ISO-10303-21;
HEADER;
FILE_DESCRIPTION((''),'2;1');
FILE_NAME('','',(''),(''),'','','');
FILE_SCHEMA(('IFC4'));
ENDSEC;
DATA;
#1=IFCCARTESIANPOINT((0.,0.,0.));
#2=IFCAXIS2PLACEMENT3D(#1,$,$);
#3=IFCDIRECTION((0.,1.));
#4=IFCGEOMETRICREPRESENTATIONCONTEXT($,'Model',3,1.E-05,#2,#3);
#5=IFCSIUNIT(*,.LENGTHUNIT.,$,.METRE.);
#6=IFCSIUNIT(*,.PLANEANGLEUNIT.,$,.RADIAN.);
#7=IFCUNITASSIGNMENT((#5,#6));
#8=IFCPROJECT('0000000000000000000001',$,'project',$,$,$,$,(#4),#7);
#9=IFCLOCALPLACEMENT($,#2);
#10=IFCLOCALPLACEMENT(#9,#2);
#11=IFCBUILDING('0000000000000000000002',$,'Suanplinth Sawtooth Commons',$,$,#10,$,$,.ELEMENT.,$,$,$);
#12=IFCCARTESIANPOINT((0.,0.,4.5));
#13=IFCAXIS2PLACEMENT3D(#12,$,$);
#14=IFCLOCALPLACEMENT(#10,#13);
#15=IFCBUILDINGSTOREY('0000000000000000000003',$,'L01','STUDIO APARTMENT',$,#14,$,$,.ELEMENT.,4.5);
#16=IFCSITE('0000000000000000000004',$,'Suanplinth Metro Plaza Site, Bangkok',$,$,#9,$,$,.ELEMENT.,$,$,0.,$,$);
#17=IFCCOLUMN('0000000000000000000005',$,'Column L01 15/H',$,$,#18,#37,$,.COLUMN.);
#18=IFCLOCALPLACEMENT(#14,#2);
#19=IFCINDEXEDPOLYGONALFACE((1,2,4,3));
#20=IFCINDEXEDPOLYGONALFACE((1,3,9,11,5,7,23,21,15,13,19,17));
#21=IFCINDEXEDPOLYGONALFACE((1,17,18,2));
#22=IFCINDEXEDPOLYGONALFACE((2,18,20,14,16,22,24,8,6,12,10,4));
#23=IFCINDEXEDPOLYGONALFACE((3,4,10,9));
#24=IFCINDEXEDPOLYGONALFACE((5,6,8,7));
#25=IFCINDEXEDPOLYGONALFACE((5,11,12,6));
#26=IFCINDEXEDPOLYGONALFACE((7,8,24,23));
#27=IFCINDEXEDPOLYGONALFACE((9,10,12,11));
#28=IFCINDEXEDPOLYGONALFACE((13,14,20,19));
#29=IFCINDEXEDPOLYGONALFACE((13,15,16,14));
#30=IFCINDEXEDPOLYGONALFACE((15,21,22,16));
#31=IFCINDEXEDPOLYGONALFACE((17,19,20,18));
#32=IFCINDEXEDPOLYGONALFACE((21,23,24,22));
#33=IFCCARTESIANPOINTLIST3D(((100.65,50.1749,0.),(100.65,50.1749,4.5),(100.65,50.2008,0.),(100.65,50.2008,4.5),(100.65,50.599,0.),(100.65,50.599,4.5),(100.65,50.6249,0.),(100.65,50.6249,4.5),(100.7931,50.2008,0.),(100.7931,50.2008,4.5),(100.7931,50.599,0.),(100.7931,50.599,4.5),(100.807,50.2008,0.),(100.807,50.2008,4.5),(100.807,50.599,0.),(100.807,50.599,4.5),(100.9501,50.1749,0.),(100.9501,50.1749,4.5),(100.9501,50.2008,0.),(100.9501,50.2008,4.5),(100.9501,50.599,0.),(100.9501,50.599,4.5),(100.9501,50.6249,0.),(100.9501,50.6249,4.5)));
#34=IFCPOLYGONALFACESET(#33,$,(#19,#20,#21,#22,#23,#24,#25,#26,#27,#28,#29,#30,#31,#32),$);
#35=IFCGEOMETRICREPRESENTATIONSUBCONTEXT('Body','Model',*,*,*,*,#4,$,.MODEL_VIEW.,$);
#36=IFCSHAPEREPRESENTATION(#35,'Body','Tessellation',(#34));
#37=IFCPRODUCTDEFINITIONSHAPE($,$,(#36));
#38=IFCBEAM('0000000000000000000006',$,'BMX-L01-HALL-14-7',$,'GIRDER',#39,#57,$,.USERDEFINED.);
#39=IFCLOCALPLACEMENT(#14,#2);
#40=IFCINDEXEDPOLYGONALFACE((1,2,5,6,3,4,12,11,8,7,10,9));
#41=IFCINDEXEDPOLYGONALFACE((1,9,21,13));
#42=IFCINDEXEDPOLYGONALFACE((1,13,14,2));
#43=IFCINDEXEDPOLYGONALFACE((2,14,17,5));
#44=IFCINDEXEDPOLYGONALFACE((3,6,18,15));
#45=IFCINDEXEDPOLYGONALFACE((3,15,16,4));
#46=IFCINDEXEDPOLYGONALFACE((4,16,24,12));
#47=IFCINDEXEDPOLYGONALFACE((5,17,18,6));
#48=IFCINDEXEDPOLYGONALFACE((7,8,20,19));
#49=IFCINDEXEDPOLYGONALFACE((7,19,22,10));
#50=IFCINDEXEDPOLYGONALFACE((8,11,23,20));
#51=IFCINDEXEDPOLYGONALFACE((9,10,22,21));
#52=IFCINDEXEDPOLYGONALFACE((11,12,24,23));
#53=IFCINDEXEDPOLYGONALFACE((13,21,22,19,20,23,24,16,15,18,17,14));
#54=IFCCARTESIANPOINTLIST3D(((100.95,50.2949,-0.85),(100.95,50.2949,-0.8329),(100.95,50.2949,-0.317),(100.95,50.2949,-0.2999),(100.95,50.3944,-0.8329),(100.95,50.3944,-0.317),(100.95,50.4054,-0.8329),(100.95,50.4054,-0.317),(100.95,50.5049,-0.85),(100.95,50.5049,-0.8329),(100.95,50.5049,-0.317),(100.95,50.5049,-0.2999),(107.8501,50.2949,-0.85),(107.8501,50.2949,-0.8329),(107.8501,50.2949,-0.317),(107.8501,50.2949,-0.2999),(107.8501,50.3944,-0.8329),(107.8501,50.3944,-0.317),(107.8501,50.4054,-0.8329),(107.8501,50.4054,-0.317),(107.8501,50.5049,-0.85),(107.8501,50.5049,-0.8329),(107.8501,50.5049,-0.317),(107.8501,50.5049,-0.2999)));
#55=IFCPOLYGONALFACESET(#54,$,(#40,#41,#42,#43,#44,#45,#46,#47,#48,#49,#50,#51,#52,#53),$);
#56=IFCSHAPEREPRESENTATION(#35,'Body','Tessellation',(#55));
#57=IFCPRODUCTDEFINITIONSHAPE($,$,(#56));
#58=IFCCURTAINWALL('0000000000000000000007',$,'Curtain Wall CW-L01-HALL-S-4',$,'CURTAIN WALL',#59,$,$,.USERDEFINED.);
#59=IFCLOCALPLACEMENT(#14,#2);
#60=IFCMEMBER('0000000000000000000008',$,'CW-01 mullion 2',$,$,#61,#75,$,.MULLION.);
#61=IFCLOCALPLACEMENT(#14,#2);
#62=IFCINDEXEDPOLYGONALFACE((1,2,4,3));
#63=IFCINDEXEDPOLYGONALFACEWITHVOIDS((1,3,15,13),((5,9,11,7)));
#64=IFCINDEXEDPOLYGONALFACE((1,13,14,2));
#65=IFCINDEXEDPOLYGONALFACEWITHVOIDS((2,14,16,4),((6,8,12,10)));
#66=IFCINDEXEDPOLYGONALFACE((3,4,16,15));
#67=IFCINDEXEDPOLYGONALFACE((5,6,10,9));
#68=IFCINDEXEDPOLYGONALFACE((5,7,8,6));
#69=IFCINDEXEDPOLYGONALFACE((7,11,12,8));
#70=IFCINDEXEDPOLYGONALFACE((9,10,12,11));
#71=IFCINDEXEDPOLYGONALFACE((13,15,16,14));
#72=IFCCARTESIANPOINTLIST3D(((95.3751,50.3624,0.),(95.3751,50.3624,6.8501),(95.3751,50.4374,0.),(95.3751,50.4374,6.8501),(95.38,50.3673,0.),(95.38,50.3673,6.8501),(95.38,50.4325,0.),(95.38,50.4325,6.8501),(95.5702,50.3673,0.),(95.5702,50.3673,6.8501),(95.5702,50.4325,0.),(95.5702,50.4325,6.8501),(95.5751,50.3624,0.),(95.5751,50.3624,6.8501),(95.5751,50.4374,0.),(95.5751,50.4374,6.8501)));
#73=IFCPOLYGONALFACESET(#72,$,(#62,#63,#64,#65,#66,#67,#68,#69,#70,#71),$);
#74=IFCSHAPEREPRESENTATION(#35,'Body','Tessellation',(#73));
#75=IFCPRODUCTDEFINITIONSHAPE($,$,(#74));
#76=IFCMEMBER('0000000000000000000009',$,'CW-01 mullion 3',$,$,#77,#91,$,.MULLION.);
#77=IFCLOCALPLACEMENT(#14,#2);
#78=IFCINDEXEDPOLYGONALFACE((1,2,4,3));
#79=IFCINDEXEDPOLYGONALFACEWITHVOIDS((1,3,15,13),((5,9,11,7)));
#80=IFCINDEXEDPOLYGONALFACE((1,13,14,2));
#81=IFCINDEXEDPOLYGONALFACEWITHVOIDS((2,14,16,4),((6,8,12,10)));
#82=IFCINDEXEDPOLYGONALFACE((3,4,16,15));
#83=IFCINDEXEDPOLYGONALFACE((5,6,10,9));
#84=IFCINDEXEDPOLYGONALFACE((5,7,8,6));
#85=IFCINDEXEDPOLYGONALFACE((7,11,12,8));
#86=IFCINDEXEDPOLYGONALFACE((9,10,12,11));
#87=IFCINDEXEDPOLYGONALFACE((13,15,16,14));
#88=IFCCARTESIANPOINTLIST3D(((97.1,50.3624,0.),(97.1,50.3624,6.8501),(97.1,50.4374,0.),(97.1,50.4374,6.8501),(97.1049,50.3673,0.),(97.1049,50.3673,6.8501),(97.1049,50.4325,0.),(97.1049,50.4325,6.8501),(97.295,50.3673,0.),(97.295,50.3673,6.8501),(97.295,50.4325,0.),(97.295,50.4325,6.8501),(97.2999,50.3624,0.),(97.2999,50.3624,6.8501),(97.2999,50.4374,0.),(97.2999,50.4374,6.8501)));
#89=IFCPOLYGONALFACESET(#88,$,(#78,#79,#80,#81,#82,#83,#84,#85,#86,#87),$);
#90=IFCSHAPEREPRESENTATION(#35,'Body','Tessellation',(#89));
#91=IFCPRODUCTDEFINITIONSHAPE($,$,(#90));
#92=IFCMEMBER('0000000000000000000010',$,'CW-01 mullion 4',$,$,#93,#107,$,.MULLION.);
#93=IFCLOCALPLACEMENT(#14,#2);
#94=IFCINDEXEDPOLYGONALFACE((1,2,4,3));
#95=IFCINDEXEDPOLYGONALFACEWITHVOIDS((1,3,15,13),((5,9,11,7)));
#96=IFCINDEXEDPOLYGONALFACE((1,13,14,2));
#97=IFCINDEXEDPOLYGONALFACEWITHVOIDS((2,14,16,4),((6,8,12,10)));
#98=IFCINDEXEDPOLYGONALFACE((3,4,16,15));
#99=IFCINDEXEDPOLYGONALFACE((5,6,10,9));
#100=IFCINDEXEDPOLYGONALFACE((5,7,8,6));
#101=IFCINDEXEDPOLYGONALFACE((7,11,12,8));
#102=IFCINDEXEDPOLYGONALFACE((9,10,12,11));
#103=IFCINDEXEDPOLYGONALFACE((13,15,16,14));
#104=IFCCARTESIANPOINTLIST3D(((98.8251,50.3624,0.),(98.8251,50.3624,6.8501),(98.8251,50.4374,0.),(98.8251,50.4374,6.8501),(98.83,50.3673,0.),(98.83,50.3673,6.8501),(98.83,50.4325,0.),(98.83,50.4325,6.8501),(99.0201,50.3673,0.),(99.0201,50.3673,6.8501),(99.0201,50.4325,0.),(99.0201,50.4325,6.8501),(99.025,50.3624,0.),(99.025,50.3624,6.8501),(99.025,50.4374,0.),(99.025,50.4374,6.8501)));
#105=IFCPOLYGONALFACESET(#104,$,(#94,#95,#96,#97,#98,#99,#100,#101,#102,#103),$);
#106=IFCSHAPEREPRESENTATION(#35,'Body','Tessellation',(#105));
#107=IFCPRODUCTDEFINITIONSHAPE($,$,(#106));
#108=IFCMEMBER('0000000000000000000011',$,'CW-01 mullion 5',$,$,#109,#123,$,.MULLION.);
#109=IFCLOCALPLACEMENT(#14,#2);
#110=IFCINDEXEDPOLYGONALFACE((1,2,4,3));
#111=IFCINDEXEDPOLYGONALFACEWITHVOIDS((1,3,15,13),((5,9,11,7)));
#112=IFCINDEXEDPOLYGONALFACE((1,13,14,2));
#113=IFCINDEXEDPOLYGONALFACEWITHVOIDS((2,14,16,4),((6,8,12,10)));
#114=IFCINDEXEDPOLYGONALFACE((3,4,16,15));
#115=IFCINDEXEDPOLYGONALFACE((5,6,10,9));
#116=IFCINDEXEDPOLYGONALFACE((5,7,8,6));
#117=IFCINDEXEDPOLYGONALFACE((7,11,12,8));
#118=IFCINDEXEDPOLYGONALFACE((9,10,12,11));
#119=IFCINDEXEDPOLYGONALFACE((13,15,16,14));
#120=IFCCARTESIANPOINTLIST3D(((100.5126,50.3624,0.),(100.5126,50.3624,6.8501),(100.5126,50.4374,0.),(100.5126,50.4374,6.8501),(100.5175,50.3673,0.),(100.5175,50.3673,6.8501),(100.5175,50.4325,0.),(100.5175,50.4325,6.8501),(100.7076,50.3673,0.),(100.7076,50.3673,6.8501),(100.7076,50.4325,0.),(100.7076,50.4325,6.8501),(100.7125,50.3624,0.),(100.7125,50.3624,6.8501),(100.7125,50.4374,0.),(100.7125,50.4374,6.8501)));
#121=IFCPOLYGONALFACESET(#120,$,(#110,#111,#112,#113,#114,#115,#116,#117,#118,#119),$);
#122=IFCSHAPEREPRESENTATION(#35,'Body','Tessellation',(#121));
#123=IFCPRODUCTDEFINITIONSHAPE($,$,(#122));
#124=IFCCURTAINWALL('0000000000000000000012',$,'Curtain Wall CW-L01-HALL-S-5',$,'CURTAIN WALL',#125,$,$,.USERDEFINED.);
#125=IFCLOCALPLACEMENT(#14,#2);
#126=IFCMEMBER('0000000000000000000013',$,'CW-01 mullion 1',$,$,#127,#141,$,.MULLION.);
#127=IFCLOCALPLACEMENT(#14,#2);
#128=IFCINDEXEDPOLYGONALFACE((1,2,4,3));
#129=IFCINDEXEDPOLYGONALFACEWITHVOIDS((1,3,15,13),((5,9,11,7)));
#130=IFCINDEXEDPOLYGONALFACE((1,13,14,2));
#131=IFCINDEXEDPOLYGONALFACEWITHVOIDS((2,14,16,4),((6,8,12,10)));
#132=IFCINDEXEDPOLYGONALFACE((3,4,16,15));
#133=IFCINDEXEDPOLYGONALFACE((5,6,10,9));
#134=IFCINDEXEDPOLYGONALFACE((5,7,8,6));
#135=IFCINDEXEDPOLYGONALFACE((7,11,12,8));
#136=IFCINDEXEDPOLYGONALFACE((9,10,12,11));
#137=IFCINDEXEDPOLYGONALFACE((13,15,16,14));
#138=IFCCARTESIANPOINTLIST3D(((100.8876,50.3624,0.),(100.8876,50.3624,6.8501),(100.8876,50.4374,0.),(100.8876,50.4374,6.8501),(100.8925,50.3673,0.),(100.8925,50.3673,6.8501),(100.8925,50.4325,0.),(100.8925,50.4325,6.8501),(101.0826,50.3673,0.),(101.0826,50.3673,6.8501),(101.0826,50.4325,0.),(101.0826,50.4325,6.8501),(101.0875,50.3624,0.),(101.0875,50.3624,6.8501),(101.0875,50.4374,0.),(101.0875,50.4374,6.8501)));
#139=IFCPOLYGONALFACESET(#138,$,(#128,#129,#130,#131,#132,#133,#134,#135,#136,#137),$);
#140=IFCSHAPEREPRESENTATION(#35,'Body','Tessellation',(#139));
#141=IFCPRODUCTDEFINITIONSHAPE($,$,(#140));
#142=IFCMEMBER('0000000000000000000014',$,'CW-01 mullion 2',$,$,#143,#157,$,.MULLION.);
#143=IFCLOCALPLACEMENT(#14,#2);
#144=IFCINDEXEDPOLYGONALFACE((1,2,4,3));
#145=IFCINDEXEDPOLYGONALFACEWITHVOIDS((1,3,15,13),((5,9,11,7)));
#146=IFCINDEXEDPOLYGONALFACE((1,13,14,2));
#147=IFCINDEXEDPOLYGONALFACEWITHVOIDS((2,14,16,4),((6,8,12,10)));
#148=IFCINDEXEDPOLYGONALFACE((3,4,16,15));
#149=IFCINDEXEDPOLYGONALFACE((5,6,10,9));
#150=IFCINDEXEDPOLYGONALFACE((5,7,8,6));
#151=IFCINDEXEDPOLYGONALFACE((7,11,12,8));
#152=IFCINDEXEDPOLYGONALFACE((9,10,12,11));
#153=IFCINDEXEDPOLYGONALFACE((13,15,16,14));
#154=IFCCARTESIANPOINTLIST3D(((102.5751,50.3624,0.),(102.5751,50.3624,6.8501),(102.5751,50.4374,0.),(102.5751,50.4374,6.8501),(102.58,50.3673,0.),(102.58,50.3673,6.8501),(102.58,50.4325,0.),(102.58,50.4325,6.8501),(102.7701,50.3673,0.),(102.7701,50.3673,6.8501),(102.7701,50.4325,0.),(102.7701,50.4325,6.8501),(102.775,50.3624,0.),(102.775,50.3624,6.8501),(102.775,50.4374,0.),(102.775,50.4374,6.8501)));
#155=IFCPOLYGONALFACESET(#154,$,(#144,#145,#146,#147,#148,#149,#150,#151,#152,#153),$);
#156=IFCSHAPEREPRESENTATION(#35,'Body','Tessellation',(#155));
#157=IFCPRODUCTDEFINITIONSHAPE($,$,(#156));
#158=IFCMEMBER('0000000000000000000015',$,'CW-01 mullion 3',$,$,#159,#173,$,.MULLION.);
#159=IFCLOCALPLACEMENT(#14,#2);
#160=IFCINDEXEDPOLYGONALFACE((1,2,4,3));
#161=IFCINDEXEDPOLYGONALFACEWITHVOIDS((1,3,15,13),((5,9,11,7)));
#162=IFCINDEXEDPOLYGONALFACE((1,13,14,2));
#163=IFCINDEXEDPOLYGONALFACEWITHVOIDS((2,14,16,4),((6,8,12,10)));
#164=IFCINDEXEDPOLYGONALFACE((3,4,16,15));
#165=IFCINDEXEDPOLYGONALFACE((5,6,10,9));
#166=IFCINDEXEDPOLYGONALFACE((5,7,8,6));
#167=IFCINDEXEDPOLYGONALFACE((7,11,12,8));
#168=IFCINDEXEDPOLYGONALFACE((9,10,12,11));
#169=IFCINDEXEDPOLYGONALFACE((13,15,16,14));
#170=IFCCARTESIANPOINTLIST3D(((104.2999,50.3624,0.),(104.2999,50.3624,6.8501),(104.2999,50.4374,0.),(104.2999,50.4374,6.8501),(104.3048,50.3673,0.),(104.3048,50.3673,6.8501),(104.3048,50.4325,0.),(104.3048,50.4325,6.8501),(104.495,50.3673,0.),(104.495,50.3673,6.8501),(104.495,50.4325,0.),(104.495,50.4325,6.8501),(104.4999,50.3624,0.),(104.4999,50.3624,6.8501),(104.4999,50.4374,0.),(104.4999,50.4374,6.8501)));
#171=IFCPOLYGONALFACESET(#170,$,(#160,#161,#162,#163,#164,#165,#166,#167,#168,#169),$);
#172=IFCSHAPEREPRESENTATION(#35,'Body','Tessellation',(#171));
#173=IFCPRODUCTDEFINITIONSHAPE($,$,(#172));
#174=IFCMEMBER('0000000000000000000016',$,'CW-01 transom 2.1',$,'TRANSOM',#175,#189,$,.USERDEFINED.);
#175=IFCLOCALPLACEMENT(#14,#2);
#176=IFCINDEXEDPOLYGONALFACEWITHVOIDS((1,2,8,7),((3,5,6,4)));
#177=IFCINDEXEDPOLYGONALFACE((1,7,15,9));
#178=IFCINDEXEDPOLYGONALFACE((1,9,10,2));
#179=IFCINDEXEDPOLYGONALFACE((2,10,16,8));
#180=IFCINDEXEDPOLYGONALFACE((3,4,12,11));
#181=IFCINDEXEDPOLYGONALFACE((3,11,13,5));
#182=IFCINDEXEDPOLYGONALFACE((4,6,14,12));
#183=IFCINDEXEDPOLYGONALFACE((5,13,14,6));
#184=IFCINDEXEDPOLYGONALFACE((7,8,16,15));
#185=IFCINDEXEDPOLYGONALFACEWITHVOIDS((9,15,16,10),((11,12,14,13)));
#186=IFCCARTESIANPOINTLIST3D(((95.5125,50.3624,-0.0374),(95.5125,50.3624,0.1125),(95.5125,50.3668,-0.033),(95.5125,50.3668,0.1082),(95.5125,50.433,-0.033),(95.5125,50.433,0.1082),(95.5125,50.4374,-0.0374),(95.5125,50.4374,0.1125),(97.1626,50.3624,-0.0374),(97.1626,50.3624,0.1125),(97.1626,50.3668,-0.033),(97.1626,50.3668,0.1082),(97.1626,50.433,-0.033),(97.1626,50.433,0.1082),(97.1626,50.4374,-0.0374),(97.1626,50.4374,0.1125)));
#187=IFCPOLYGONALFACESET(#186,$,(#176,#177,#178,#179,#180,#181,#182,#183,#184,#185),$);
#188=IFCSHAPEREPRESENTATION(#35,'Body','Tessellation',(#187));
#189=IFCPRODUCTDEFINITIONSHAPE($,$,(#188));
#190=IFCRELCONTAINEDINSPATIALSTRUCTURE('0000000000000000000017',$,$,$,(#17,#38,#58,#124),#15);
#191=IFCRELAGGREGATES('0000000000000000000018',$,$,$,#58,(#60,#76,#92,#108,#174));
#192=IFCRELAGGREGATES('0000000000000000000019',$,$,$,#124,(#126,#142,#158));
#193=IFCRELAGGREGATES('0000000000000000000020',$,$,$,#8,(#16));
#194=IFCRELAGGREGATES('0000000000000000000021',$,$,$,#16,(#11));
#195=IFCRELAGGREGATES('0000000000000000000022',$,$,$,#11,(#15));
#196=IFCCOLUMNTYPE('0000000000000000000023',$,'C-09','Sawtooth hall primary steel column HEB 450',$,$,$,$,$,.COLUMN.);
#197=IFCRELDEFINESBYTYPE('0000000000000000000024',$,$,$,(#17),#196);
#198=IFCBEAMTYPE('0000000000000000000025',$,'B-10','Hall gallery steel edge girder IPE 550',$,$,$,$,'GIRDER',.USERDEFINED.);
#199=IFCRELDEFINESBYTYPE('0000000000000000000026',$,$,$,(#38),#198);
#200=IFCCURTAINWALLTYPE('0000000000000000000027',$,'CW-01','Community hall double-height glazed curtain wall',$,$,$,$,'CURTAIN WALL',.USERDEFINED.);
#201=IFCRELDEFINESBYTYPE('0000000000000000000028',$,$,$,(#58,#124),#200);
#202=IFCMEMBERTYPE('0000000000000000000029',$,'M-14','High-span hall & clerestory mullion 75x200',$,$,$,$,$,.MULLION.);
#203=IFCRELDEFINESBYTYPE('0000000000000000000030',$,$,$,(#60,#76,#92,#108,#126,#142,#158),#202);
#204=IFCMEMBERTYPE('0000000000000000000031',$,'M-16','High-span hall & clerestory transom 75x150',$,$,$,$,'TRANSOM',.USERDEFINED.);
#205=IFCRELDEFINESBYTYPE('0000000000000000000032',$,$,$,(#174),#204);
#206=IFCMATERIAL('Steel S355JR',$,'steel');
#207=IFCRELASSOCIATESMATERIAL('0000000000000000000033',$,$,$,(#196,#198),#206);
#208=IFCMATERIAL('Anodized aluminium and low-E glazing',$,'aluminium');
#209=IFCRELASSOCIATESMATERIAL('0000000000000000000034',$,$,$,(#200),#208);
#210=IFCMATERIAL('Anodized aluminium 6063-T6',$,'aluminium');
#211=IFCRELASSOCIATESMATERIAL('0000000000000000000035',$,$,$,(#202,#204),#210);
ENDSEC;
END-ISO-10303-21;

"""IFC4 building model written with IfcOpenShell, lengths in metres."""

from ifc_helpers import new_model, si_unit, direction, frame, origin, origin_2d, place, context, subcontext, project, spatial, hollow_rectangle, i_section, extrude, material, material_profile, profile_set, type_object, element, aggregate, save


model = new_model("IFC4")

# Units and contexts
model_context = context("Model", 3, precision=1e-05, world=origin(), true_north=direction((0.0, 1.0)))
body_context = subcontext(model_context, "Body", "Model", "MODEL_VIEW")
ifc_project = project(units=[si_unit("LENGTHUNIT", "METRE"), si_unit("PLANEANGLEUNIT", "RADIAN")], contexts=[model_context])

# Site, building, storey
site_placement = place(None, origin())
site = spatial("IfcSite", under=ifc_project, at=site_placement, Name="Suanplinth Metro Plaza Site, Bangkok", CompositionType="ELEMENT", RefElevation=0.0)
building_placement = place(site_placement, origin())
building = spatial("IfcBuilding", under=site, at=building_placement, Name="Suanplinth Sawtooth Commons", CompositionType="ELEMENT")
storey_placement = place(building_placement, frame((0.0, 0.0, 4.5)))
storey = spatial("IfcBuildingStorey", under=building, at=storey_placement, Name="L01", Description="STUDIO APARTMENT", CompositionType="ELEMENT", Elevation=4.5)

# Column
ifc_material_1 = material(Name="Steel S355JR", Category="steel")
ifc_material_profile_1 = material_profile(ifc_material_1, i_section(OverallWidth=0.3, OverallDepth=0.45, WebThickness=0.0139, FlangeThickness=0.0259, at=origin_2d()), Name="HEB 450")
ifc_profile_set_1 = profile_set([ifc_material_profile_1], Name="Steel S355JR")
column_type = type_object("IfcColumnType", Name="C-09", Description="Sawtooth hall primary steel column HEB 450", PredefinedType="COLUMN", material=ifc_profile_set_1)
column_placement = place(storey_placement, frame((100.8, 50.3999, 0.0), z_axis=(0.0, 0.0, 1.0), x_axis=(1.0, 0.0, 0.0)))
element("IfcColumn", 1, at=column_placement, inside=storey, type_object=column_type, Name="Column L01 15/H", PredefinedType="COLUMN", context=body_context, shape_type="SweptSolid", body=[
    extrude(i_section(OverallWidth=0.3, OverallDepth=0.45, WebThickness=0.0139, FlangeThickness=0.0259, at=origin_2d()), origin(), (0.0, 0.0, 1.0), 4.5),
])

# Beam
ifc_material_profile_2 = material_profile(ifc_material_1, i_section(OverallWidth=0.21, OverallDepth=0.55, WebThickness=0.011, FlangeThickness=0.0171, at=origin_2d()), Name="IPE 550")
ifc_profile_set_2 = profile_set([ifc_material_profile_2], Name="Steel S355JR")
beam_type = type_object("IfcBeamType", Name="B-10", Description="Hall gallery steel edge girder IPE 550", ElementType="GIRDER", PredefinedType="USERDEFINED", material=ifc_profile_set_2)
beam_placement = place(storey_placement, frame((100.95, 50.3999, -0.575), z_axis=(1.0, 0.0, 0.0), x_axis=(0.0, 1.0, 0.0)))
element("IfcBeam", 2, at=beam_placement, inside=storey, type_object=beam_type, Name="BMX-L01-HALL-14-7", ObjectType="GIRDER", PredefinedType="USERDEFINED", context=body_context, shape_type="SweptSolid", body=[
    extrude(i_section(OverallWidth=0.21, OverallDepth=0.55, WebThickness=0.011, FlangeThickness=0.0171, at=origin_2d()), origin(), (0.0, 0.0, 1.0), 6.9001),
])

# Curtain walls, members
ifc_material_2 = material(Name="Anodized aluminium and low-E glazing", Category="aluminium")
curtain_wall_type = type_object("IfcCurtainWallType", Name="CW-01", Description="Community hall double-height glazed curtain wall", ElementType="CURTAIN WALL", PredefinedType="USERDEFINED", material=ifc_material_2)
curtain_wall_1_placement = place(storey_placement, origin())
curtain_wall_1 = element("IfcCurtainWall", 3, at=curtain_wall_1_placement, inside=storey, type_object=curtain_wall_type, Name="Curtain Wall CW-L01-HALL-S-4", ObjectType="CURTAIN WALL", PredefinedType="USERDEFINED")
ifc_material_3 = material(Name="Anodized aluminium 6063-T6", Category="aluminium")
ifc_material_profile_3 = material_profile(ifc_material_3, hollow_rectangle(XDim=0.075, YDim=0.2, WallThickness=0.0049, at=origin_2d()), Name="ALU-MUL 75x200")
ifc_profile_set_3 = profile_set([ifc_material_profile_3], Name="Anodized aluminium 6063-T6")
member_type_1 = type_object("IfcMemberType", Name="M-14", Description="High-span hall & clerestory mullion 75x200", PredefinedType="MULLION", material=ifc_profile_set_3)
member_1_placement = place(storey_placement, frame((95.4751, 50.3999, 0.0), z_axis=(0.0, 0.0, 1.0), x_axis=(0.0, 1.0, 0.0)))
member_1 = element("IfcMember", 4, at=member_1_placement, type_object=member_type_1, Name="CW-01 mullion 2", PredefinedType="MULLION", context=body_context, shape_type="SweptSolid", body=[
    extrude(hollow_rectangle(XDim=0.075, YDim=0.2, WallThickness=0.0049, at=origin_2d()), origin(), (0.0, 0.0, 1.0), 6.8501),
])
member_2_placement = place(storey_placement, frame((97.2, 50.3999, 0.0), z_axis=(0.0, 0.0, 1.0), x_axis=(0.0, 1.0, 0.0)))
member_2 = element("IfcMember", 5, at=member_2_placement, type_object=member_type_1, Name="CW-01 mullion 3", PredefinedType="MULLION", context=body_context, shape_type="SweptSolid", body=[
    extrude(hollow_rectangle(XDim=0.075, YDim=0.2, WallThickness=0.0049, at=origin_2d()), origin(), (0.0, 0.0, 1.0), 6.8501),
])
member_3_placement = place(storey_placement, frame((98.925, 50.3999, 0.0), z_axis=(0.0, 0.0, 1.0), x_axis=(0.0, 1.0, 0.0)))
member_3 = element("IfcMember", 6, at=member_3_placement, type_object=member_type_1, Name="CW-01 mullion 4", PredefinedType="MULLION", context=body_context, shape_type="SweptSolid", body=[
    extrude(hollow_rectangle(XDim=0.075, YDim=0.2, WallThickness=0.0049, at=origin_2d()), origin(), (0.0, 0.0, 1.0), 6.8501),
])
member_4_placement = place(storey_placement, frame((100.6125, 50.3999, 0.0), z_axis=(0.0, 0.0, 1.0), x_axis=(0.0, 1.0, 0.0)))
member_4 = element("IfcMember", 7, at=member_4_placement, type_object=member_type_1, Name="CW-01 mullion 5", PredefinedType="MULLION", context=body_context, shape_type="SweptSolid", body=[
    extrude(hollow_rectangle(XDim=0.075, YDim=0.2, WallThickness=0.0049, at=origin_2d()), origin(), (0.0, 0.0, 1.0), 6.8501),
])
curtain_wall_2_placement = place(storey_placement, origin())
curtain_wall_2 = element("IfcCurtainWall", 8, at=curtain_wall_2_placement, inside=storey, type_object=curtain_wall_type, Name="Curtain Wall CW-L01-HALL-S-5", ObjectType="CURTAIN WALL", PredefinedType="USERDEFINED")
member_5_placement = place(storey_placement, frame((100.9875, 50.3999, 0.0), z_axis=(0.0, 0.0, 1.0), x_axis=(0.0, 1.0, 0.0)))
member_5 = element("IfcMember", 9, at=member_5_placement, type_object=member_type_1, Name="CW-01 mullion 1", PredefinedType="MULLION", context=body_context, shape_type="SweptSolid", body=[
    extrude(hollow_rectangle(XDim=0.075, YDim=0.2, WallThickness=0.0049, at=origin_2d()), origin(), (0.0, 0.0, 1.0), 6.8501),
])
member_6_placement = place(storey_placement, frame((102.675, 50.3999, 0.0), z_axis=(0.0, 0.0, 1.0), x_axis=(0.0, 1.0, 0.0)))
member_6 = element("IfcMember", 10, at=member_6_placement, type_object=member_type_1, Name="CW-01 mullion 2", PredefinedType="MULLION", context=body_context, shape_type="SweptSolid", body=[
    extrude(hollow_rectangle(XDim=0.075, YDim=0.2, WallThickness=0.0049, at=origin_2d()), origin(), (0.0, 0.0, 1.0), 6.8501),
])
member_7_placement = place(storey_placement, frame((104.3999, 50.3999, 0.0), z_axis=(0.0, 0.0, 1.0), x_axis=(0.0, 1.0, 0.0)))
member_7 = element("IfcMember", 11, at=member_7_placement, type_object=member_type_1, Name="CW-01 mullion 3", PredefinedType="MULLION", context=body_context, shape_type="SweptSolid", body=[
    extrude(hollow_rectangle(XDim=0.075, YDim=0.2, WallThickness=0.0049, at=origin_2d()), origin(), (0.0, 0.0, 1.0), 6.8501),
])

# Member
ifc_material_profile_4 = material_profile(ifc_material_3, hollow_rectangle(XDim=0.075, YDim=0.1499, WallThickness=0.0044, at=origin_2d()), Name="ALU-TRN 75x150")
ifc_profile_set_4 = profile_set([ifc_material_profile_4], Name="Anodized aluminium 6063-T6")
member_type_2 = type_object("IfcMemberType", Name="M-16", Description="High-span hall & clerestory transom 75x150", ElementType="TRANSOM", PredefinedType="USERDEFINED", material=ifc_profile_set_4)
member_8_placement = place(storey_placement, frame((95.5125, 50.3999, 0.0376), z_axis=(1.0, 0.0, 0.0), x_axis=(0.0, 1.0, 0.0)))
member_8 = element("IfcMember", 12, at=member_8_placement, type_object=member_type_2, Name="CW-01 transom 2.1", ObjectType="TRANSOM", PredefinedType="USERDEFINED", context=body_context, shape_type="SweptSolid", body=[
    extrude(hollow_rectangle(XDim=0.075, YDim=0.1499, WallThickness=0.0044, at=origin_2d()), origin(), (0.0, 0.0, 1.0), 1.6501),
])

aggregate(curtain_wall_1, [member_1, member_2, member_3, member_4, member_8])
aggregate(curtain_wall_2, [member_5, member_6, member_7])

save(model, "model.ifc")
